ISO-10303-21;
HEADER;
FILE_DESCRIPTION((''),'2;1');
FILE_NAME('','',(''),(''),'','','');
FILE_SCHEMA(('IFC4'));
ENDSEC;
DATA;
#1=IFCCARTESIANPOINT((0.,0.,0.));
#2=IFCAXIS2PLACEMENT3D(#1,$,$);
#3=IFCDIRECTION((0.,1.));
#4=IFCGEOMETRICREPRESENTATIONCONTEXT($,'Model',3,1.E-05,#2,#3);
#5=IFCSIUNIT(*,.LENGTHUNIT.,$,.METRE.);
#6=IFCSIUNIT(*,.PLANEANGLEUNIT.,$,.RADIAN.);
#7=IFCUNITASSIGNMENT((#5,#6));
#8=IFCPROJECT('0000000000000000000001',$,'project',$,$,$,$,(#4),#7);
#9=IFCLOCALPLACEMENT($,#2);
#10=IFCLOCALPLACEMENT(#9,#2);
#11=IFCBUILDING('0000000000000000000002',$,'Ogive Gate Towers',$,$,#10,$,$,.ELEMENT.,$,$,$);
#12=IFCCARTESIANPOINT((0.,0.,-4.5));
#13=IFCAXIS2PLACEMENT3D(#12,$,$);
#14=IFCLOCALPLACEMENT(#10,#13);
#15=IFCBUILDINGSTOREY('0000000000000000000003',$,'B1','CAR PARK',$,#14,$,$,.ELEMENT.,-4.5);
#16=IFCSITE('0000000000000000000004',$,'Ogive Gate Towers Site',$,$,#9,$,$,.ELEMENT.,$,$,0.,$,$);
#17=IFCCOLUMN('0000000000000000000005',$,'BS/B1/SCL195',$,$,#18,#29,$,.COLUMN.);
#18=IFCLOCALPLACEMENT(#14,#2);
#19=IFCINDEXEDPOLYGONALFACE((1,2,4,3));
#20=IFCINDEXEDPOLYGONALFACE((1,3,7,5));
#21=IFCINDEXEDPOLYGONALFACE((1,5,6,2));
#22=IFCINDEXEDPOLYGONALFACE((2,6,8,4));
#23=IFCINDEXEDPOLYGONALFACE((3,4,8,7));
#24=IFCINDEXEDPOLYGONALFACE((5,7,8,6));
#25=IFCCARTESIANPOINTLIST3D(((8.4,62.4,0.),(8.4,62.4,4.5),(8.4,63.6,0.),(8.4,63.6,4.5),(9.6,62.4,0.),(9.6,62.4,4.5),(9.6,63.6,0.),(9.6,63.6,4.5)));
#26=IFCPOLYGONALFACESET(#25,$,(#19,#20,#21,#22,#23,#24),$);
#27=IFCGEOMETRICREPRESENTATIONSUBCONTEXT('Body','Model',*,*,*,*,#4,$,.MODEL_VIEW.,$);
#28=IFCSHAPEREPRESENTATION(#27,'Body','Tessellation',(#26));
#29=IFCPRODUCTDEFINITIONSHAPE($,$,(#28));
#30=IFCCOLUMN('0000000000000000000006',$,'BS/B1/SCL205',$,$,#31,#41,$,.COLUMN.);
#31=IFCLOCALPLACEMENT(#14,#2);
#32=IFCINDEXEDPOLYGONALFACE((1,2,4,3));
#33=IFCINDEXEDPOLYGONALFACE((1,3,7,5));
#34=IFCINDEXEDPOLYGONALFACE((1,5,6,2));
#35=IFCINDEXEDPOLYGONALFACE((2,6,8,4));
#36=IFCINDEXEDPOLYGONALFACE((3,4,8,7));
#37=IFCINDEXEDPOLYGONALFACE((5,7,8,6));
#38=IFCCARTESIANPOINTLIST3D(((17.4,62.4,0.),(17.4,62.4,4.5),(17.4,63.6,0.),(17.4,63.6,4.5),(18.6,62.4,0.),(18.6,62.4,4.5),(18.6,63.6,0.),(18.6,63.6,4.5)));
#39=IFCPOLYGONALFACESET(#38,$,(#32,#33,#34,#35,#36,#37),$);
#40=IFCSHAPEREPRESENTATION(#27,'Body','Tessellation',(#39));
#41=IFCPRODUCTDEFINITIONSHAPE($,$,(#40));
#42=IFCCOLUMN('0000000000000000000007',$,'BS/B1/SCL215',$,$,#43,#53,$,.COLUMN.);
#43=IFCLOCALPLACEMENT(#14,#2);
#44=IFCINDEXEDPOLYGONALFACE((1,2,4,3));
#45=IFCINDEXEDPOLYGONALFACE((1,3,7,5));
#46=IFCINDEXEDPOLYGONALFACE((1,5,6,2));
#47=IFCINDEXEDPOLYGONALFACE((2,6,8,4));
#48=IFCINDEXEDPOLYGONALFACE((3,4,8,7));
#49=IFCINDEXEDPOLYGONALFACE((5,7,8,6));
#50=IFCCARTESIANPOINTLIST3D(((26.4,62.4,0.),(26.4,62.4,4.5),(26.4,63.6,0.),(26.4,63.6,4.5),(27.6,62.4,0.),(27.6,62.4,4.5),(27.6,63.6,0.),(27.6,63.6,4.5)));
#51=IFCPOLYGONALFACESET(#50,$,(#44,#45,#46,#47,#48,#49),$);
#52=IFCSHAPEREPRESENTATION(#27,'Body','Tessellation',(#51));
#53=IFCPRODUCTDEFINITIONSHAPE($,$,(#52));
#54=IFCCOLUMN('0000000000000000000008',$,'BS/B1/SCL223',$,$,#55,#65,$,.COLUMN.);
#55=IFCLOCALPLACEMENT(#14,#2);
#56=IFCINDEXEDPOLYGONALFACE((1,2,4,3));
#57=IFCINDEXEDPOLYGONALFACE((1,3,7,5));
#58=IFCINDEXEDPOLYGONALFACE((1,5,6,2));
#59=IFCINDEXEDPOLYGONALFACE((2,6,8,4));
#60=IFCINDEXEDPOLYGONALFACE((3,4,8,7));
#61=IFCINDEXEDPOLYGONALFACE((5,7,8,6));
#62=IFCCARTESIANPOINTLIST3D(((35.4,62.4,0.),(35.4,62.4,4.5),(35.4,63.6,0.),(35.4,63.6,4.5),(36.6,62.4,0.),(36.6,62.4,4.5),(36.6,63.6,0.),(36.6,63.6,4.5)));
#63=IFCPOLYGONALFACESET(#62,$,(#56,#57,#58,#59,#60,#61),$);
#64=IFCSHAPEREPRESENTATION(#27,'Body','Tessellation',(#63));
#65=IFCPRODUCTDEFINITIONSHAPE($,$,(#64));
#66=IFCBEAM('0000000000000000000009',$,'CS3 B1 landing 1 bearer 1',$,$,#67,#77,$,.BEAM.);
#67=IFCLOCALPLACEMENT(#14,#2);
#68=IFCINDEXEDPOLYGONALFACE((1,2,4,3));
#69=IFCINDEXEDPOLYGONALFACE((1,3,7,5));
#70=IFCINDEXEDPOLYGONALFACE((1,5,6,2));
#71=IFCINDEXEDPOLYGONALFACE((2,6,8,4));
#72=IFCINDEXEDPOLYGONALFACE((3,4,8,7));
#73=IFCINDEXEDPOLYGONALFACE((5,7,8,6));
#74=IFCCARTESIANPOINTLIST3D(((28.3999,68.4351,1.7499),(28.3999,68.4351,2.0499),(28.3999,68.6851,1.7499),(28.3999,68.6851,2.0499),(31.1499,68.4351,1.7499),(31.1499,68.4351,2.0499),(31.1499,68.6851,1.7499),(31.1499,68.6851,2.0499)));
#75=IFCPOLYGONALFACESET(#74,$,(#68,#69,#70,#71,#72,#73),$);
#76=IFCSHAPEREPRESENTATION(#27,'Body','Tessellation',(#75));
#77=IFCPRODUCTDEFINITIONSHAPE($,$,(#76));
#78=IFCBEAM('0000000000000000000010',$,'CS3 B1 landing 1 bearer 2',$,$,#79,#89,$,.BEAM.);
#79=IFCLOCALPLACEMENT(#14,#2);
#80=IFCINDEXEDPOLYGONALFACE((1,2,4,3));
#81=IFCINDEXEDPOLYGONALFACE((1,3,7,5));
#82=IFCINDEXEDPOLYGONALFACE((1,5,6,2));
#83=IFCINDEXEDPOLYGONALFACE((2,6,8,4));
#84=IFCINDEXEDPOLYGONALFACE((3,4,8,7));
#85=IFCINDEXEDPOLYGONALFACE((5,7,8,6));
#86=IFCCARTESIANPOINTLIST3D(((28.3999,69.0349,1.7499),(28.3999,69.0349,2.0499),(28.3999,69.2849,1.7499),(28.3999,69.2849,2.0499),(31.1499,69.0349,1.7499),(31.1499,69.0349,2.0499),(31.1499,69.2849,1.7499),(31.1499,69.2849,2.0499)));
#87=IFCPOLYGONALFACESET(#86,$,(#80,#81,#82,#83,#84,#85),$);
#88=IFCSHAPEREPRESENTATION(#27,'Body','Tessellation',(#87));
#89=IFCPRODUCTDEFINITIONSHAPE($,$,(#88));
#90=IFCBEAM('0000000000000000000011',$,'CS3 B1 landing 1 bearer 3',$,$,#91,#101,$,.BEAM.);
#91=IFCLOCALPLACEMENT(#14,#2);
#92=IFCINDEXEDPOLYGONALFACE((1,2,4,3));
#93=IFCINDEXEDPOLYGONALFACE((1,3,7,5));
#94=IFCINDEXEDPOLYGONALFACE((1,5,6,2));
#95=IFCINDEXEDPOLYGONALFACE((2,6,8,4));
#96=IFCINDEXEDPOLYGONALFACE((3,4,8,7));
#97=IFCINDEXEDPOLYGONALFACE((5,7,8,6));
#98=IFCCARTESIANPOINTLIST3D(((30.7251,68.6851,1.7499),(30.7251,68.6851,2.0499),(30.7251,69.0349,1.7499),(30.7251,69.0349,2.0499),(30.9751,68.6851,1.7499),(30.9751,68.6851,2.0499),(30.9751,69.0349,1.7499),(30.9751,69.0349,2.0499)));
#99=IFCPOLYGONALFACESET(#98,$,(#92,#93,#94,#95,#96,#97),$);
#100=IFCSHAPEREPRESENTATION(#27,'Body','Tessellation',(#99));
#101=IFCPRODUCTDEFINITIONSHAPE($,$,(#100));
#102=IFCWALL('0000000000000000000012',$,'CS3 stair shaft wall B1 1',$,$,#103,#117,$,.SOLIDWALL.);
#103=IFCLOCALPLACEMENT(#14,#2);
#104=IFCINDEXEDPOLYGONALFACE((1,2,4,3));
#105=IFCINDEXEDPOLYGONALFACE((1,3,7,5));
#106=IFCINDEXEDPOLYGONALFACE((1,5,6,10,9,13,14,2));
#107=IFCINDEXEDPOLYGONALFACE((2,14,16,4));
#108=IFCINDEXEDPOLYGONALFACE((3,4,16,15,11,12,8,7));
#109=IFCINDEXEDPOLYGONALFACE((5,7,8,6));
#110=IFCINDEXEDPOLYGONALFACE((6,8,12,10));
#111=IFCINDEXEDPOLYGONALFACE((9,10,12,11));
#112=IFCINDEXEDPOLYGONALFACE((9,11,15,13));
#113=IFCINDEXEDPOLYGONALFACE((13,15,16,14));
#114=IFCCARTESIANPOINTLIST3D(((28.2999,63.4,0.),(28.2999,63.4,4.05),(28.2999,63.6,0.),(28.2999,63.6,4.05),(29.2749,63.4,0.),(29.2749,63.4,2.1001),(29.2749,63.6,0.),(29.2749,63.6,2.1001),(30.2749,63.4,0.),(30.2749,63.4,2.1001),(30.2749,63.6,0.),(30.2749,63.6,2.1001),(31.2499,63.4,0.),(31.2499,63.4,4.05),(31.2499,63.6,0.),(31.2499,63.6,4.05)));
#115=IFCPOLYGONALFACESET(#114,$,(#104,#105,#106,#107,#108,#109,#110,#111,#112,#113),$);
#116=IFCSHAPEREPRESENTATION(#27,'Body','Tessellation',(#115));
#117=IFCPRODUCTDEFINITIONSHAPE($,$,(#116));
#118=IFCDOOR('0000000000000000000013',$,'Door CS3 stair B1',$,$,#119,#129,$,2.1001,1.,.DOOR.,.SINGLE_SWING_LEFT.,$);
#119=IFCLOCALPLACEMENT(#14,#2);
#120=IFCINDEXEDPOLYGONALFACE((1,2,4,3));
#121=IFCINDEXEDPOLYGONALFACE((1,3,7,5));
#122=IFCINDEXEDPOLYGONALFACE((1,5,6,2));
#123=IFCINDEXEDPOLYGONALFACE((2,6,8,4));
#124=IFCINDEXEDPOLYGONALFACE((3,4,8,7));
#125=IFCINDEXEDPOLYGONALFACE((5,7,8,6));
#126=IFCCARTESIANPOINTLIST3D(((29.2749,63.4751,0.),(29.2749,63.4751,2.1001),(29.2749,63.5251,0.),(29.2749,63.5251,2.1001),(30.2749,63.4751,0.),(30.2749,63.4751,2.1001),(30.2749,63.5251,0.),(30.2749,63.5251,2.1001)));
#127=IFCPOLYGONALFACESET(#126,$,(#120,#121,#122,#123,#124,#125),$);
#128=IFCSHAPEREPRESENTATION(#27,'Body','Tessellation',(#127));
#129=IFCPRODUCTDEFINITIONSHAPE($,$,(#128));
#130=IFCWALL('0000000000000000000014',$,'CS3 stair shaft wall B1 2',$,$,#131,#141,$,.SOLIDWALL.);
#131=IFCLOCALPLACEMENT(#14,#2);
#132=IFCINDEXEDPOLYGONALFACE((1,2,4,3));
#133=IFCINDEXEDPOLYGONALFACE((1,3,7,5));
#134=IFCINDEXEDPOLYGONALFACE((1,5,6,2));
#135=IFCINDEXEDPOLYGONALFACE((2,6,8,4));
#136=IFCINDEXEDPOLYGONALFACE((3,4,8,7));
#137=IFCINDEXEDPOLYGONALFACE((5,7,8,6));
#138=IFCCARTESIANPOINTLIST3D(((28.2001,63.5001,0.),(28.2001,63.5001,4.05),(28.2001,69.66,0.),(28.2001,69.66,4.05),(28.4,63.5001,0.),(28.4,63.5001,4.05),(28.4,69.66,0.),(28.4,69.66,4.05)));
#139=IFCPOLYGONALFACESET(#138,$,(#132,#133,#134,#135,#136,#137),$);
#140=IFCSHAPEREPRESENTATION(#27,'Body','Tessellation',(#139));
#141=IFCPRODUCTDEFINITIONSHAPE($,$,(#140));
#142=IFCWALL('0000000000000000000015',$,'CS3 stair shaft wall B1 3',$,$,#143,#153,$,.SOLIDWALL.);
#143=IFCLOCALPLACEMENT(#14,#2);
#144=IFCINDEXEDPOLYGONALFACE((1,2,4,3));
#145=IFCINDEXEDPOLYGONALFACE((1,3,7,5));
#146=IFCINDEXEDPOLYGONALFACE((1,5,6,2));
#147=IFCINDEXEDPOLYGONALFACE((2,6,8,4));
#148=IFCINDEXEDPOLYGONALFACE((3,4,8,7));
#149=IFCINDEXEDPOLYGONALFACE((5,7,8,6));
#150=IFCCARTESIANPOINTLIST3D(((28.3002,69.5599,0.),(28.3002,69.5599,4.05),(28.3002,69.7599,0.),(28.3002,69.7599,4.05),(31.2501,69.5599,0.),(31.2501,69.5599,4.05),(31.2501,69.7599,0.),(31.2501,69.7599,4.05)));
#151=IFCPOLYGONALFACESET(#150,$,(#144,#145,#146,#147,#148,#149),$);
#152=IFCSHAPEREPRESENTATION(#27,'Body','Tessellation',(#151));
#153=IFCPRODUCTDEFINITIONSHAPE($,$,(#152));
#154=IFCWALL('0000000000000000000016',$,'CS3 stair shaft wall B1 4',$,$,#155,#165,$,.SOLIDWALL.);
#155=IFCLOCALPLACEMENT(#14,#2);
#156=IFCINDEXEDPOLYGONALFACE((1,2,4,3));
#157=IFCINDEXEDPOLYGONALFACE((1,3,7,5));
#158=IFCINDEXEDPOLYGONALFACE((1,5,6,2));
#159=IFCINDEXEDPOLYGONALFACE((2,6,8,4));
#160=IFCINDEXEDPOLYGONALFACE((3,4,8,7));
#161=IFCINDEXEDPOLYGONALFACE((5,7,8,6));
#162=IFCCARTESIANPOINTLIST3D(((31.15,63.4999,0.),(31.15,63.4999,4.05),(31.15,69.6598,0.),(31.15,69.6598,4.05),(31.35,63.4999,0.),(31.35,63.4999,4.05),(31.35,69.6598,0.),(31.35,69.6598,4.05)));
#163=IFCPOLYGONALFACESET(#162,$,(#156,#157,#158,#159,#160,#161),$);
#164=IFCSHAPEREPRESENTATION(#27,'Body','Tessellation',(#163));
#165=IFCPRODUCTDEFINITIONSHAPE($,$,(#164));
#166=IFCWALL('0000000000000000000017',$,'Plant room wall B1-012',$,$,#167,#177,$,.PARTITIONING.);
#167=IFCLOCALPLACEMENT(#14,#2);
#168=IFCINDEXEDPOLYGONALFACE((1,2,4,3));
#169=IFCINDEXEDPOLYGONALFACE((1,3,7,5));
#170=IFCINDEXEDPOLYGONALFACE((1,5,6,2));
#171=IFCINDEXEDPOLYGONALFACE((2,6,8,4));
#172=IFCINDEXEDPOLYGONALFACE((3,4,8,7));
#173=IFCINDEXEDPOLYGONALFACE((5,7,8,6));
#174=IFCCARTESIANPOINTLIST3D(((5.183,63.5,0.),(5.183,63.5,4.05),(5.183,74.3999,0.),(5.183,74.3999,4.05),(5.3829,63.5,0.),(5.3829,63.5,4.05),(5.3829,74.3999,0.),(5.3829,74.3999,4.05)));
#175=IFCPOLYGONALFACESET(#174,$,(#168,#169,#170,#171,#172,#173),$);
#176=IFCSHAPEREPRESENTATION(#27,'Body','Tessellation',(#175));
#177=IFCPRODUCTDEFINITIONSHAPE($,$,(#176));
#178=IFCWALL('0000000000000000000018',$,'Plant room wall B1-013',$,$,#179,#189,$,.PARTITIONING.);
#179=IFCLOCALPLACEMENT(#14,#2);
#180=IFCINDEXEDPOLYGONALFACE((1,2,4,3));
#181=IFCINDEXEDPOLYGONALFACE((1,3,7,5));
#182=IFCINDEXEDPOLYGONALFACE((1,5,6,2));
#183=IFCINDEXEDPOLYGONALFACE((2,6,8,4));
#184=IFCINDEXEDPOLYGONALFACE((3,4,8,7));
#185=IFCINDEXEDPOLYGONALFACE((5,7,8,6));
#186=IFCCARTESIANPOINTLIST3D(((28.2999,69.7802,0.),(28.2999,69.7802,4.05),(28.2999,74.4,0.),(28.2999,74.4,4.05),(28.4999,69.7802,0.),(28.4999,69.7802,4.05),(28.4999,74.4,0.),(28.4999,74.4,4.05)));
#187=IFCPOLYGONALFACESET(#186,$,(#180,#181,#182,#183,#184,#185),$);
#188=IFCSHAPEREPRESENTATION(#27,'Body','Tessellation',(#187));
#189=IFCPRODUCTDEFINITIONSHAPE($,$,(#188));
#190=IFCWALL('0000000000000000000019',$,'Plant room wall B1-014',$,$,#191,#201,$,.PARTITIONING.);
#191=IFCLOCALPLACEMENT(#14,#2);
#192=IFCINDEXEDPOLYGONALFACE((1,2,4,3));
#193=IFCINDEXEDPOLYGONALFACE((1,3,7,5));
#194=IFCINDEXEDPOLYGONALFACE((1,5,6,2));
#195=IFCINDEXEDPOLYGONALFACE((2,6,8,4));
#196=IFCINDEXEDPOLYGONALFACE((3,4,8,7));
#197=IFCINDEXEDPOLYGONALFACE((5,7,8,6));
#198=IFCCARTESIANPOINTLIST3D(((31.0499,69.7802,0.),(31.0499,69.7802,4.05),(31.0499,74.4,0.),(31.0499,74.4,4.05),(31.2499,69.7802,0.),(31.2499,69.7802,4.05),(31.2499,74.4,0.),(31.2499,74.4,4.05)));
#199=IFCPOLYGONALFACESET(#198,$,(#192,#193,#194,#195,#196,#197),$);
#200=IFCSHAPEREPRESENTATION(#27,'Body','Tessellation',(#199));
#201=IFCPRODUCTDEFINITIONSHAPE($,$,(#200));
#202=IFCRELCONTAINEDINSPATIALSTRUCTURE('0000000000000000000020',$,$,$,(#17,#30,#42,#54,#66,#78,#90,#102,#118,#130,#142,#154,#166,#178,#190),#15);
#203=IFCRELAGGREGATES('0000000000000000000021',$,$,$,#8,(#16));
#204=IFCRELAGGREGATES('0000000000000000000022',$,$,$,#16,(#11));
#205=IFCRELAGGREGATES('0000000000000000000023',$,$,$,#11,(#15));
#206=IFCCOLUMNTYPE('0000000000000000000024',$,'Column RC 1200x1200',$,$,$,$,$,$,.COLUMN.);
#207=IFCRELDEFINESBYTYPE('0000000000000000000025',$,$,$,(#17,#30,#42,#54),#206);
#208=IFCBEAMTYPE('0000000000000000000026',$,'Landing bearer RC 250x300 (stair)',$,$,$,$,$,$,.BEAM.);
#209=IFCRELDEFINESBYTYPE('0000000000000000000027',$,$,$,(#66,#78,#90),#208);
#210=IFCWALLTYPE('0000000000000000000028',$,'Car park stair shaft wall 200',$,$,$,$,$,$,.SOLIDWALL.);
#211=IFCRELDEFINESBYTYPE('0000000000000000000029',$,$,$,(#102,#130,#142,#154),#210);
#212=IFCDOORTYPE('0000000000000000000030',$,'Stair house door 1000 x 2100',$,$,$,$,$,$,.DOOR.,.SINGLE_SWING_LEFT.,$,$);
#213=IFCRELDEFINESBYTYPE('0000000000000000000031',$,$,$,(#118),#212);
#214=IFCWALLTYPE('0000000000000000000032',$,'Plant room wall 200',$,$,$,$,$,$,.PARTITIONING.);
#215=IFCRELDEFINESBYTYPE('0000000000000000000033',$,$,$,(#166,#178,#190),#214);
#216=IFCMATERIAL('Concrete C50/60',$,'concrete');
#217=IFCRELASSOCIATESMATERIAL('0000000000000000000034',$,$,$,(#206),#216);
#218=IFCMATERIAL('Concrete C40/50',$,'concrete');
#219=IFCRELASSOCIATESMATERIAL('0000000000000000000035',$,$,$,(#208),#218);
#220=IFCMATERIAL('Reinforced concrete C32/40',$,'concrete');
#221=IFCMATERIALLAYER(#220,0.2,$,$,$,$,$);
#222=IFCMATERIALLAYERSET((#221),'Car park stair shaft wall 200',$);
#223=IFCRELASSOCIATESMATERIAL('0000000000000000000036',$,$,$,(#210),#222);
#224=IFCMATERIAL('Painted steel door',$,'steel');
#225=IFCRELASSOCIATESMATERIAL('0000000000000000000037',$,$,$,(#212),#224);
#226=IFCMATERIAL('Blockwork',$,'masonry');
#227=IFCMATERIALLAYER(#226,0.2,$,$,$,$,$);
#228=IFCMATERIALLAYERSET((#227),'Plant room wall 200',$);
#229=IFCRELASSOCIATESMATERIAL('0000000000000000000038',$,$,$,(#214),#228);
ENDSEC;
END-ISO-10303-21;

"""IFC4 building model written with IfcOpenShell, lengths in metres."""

from ifc_helpers import new_model, si_unit, direction, frame, frame_2d, origin, origin_2d, place, context, subcontext, project, spatial, rectangle, extrude, material, layer, layer_set, material_profile, profile_set, type_object, element, fill, save


model = new_model("IFC4")

# Units and contexts
model_context = context("Model", 3, precision=1e-05, world=origin(), true_north=direction((0.0, 1.0)))
body_context = subcontext(model_context, "Body", "Model", "MODEL_VIEW")
ifc_project = project(units=[si_unit("LENGTHUNIT", "METRE"), si_unit("PLANEANGLEUNIT", "RADIAN")], contexts=[model_context])

# Site, building, storey
site_placement = place(None, origin())
site = spatial("IfcSite", under=ifc_project, at=site_placement, Name="Ogive Gate Towers Site", CompositionType="ELEMENT", RefElevation=0.0)
building_placement = place(site_placement, origin())
building = spatial("IfcBuilding", under=site, at=building_placement, Name="Ogive Gate Towers", CompositionType="ELEMENT")
storey_placement = place(building_placement, frame((0.0, 0.0, -4.5)))
storey = spatial("IfcBuildingStorey", under=building, at=storey_placement, Name="B1", Description="CAR PARK", CompositionType="ELEMENT", Elevation=-4.5)

# Columns
ifc_material_1 = material(Name="Concrete C50/60", Category="concrete")
ifc_material_profile_1 = material_profile(ifc_material_1, rectangle(XDim=1.2, YDim=1.2, at=origin_2d()), Name="RC 1200x1200")
ifc_profile_set_1 = profile_set([ifc_material_profile_1], Name="Concrete C50/60")
column_type = type_object("IfcColumnType", Name="Column RC 1200x1200", PredefinedType="COLUMN", material=ifc_profile_set_1)
for number, where, z_axis, x_axis, name in (
    (1, (9.0, 63.0, 0.0), (0.0, 0.0, 1.0), (1.0, 0.0, 0.0), "BS/B1/SCL195"),
    (2, (18.0, 63.0, 0.0), (0.0, 0.0, 1.0), (1.0, 0.0, 0.0), "BS/B1/SCL205"),
    (3, (27.0, 63.0, 0.0), (0.0, 0.0, 1.0), (1.0, 0.0, 0.0), "BS/B1/SCL215"),
    (4, (36.0, 63.0, 0.0), (0.0, 0.0, 1.0), (1.0, 0.0, 0.0), "BS/B1/SCL223"),
):
    element("IfcColumn", number, at=place(storey_placement, frame(where, z_axis=z_axis, x_axis=x_axis)), inside=storey, type_object=column_type, Name=name, PredefinedType="COLUMN", context=body_context, shape_type="SweptSolid", body=[
        extrude(rectangle(XDim=1.2, YDim=1.2, at=origin_2d()), origin(), (0.0, 0.0, 1.0), 4.5),
    ])

# Beams
ifc_material_2 = material(Name="Concrete C40/50", Category="concrete")
ifc_material_profile_2 = material_profile(ifc_material_2, rectangle(XDim=0.25, YDim=0.3, at=origin_2d()), Name="RC 250x300")
ifc_profile_set_2 = profile_set([ifc_material_profile_2], Name="Concrete C40/50")
beam_type = type_object("IfcBeamType", Name="Landing bearer RC 250x300 (stair)", PredefinedType="BEAM", material=ifc_profile_set_2)
for number, where, z_axis, x_axis, name in (
    (5, (31.1499, 68.5601, 1.8999), (-1.0, 0.0, 0.0), (0.0, -1.0, 0.0), "CS3 B1 landing 1 bearer 1"),
    (6, (31.1499, 69.1599, 1.8999), (-1.0, 0.0, 0.0), (0.0, -1.0, 0.0), "CS3 B1 landing 1 bearer 2"),
):
    element("IfcBeam", number, at=place(storey_placement, frame(where, z_axis=z_axis, x_axis=x_axis)), inside=storey, type_object=beam_type, Name=name, PredefinedType="BEAM", context=body_context, shape_type="SweptSolid", body=[
        extrude(rectangle(XDim=0.25, YDim=0.3, at=origin_2d()), origin(), (0.0, 0.0, 1.0), 2.75),
    ])
beam_placement = place(storey_placement, frame((30.8501, 68.6851, 1.8999), z_axis=(0.0, 1.0, 0.0), x_axis=(-1.0, 0.0, 0.0)))
element("IfcBeam", 7, at=beam_placement, inside=storey, type_object=beam_type, Name="CS3 B1 landing 1 bearer 3", PredefinedType="BEAM", context=body_context, shape_type="SweptSolid", body=[
    extrude(rectangle(XDim=0.25, YDim=0.3, at=origin_2d()), origin(), (0.0, 0.0, 1.0), 0.3499),
])

# Wall, opening, door
ifc_material_3 = material(Name="Reinforced concrete C32/40", Category="concrete")
ifc_layer_1 = layer(ifc_material_3, 0.2)
ifc_layer_set_1 = layer_set([ifc_layer_1], Name="Car park stair shaft wall 200")
wall_type_1 = type_object("IfcWallType", Name="Car park stair shaft wall 200", PredefinedType="SOLIDWALL", material=ifc_layer_set_1)
wall_1_placement = place(storey_placement, frame((31.25, 63.5, 0.0), z_axis=(0.0, 0.0, 1.0), x_axis=(-1.0, 0.0, 0.0)))
wall_1 = element("IfcWall", 8, at=wall_1_placement, inside=storey, type_object=wall_type_1, Name="CS3 stair shaft wall B1 1", PredefinedType="SOLIDWALL", context=body_context, shape_type="SweptSolid", body=[
    extrude(rectangle(XDim=2.95, YDim=0.2, at=frame_2d((1.4751, 0.0))), origin(), (0.0, 0.0, 1.0), 4.05),
])
opening_1_placement = place(wall_1_placement, frame((0.9751, 0.0, 0.0)))
opening_1 = element("IfcOpeningElement", 9, at=opening_1_placement, cuts=wall_1, PredefinedType="OPENING", context=body_context, shape_type="SweptSolid", body=[
    extrude(rectangle(XDim=1.0, YDim=2.1001, at=frame_2d((0.5, 1.05))), frame((0.0, 0.1099, 0.0), z_axis=(0.0, -1.0, 0.0), x_axis=(1.0, 0.0, 0.0)), (0.0, 0.0, 1.0), 0.22),
])
ifc_material_4 = material(Name="Painted steel door", Category="steel")
door_type_1 = type_object("IfcDoorType", Name="Stair house door 1000 x 2100", OperationType="SINGLE_SWING_LEFT", PredefinedType="DOOR", material=ifc_material_4)
door_1_placement = place(opening_1_placement, origin())
door_1 = element("IfcDoor", 10, at=door_1_placement, inside=storey, type_object=door_type_1, Name="Door CS3 stair B1", OperationType="SINGLE_SWING_LEFT", OverallHeight=2.1001, OverallWidth=1.0, PredefinedType="DOOR", context=body_context, shape_type="SweptSolid", body=[
    extrude(rectangle(XDim=1.0, YDim=2.1001, at=frame_2d((0.5, 1.05))), frame((0.0, 0.0249, 0.0), z_axis=(0.0, -1.0, 0.0), x_axis=(1.0, 0.0, 0.0)), (0.0, 0.0, 1.0), 0.05),
])
fill(opening_1, door_1)

# Walls
wall_2_placement = place(storey_placement, frame((28.3, 63.5, 0.0), z_axis=(0.0, 0.0, 1.0), x_axis=(0.0, 1.0, 0.0)))
element("IfcWall", 11, at=wall_2_placement, inside=storey, type_object=wall_type_1, Name="CS3 stair shaft wall B1 2", PredefinedType="SOLIDWALL", context=body_context, shape_type="SweptSolid", body=[
    extrude(rectangle(XDim=6.1599, YDim=0.2, at=frame_2d((3.0801, 0.0))), origin(), (0.0, 0.0, 1.0), 4.05),
])
wall_3_placement = place(storey_placement, frame((28.3, 69.6599, 0.0), z_axis=(0.0, 0.0, 1.0), x_axis=(1.0, 0.0, 0.0)))
element("IfcWall", 12, at=wall_3_placement, inside=storey, type_object=wall_type_1, Name="CS3 stair shaft wall B1 3", PredefinedType="SOLIDWALL", context=body_context, shape_type="SweptSolid", body=[
    extrude(rectangle(XDim=2.95, YDim=0.2, at=frame_2d((1.4751, 0.0))), origin(), (0.0, 0.0, 1.0), 4.05),
])
wall_4_placement = place(storey_placement, frame((31.25, 69.6599, 0.0), z_axis=(0.0, 0.0, 1.0), x_axis=(0.0, -1.0, 0.0)))
element("IfcWall", 13, at=wall_4_placement, inside=storey, type_object=wall_type_1, Name="CS3 stair shaft wall B1 4", PredefinedType="SOLIDWALL", context=body_context, shape_type="SweptSolid", body=[
    extrude(rectangle(XDim=6.1599, YDim=0.2, at=frame_2d((3.0801, 0.0))), origin(), (0.0, 0.0, 1.0), 4.05),
])
ifc_material_5 = material(Name="Blockwork", Category="masonry")
ifc_layer_2 = layer(ifc_material_5, 0.2)
ifc_layer_set_2 = layer_set([ifc_layer_2], Name="Plant room wall 200")
wall_type_2 = type_object("IfcWallType", Name="Plant room wall 200", PredefinedType="PARTITIONING", material=ifc_layer_set_2)
wall_5_placement = place(storey_placement, frame((5.283, 63.5, 0.0), z_axis=(0.0, 0.0, 1.0), x_axis=(0.0, 1.0, 0.0)))
element("IfcWall", 14, at=wall_5_placement, inside=storey, type_object=wall_type_2, Name="Plant room wall B1-012", PredefinedType="PARTITIONING", context=body_context, shape_type="SweptSolid", body=[
    extrude(rectangle(XDim=10.8999, YDim=0.2, at=frame_2d((5.45, 0.0))), origin(), (0.0, 0.0, 1.0), 4.05),
])
for number, where, z_axis, x_axis, name in (
    (15, (28.3999, 69.78, 0.0), (0.0, 0.0, 1.0), (0.0, 1.0, 0.0), "Plant room wall B1-013"),
    (16, (31.1499, 69.78, 0.0), (0.0, 0.0, 1.0), (0.0, 1.0, 0.0), "Plant room wall B1-014"),
):
    element("IfcWall", number, at=place(storey_placement, frame(where, z_axis=z_axis, x_axis=x_axis)), inside=storey, type_object=wall_type_2, Name=name, PredefinedType="PARTITIONING", context=body_context, shape_type="SweptSolid", body=[
        extrude(rectangle(XDim=4.6199, YDim=0.2, at=frame_2d((2.3101, 0.0))), origin(), (0.0, 0.0, 1.0), 4.05),
    ])

save(model, "model.ifc")
